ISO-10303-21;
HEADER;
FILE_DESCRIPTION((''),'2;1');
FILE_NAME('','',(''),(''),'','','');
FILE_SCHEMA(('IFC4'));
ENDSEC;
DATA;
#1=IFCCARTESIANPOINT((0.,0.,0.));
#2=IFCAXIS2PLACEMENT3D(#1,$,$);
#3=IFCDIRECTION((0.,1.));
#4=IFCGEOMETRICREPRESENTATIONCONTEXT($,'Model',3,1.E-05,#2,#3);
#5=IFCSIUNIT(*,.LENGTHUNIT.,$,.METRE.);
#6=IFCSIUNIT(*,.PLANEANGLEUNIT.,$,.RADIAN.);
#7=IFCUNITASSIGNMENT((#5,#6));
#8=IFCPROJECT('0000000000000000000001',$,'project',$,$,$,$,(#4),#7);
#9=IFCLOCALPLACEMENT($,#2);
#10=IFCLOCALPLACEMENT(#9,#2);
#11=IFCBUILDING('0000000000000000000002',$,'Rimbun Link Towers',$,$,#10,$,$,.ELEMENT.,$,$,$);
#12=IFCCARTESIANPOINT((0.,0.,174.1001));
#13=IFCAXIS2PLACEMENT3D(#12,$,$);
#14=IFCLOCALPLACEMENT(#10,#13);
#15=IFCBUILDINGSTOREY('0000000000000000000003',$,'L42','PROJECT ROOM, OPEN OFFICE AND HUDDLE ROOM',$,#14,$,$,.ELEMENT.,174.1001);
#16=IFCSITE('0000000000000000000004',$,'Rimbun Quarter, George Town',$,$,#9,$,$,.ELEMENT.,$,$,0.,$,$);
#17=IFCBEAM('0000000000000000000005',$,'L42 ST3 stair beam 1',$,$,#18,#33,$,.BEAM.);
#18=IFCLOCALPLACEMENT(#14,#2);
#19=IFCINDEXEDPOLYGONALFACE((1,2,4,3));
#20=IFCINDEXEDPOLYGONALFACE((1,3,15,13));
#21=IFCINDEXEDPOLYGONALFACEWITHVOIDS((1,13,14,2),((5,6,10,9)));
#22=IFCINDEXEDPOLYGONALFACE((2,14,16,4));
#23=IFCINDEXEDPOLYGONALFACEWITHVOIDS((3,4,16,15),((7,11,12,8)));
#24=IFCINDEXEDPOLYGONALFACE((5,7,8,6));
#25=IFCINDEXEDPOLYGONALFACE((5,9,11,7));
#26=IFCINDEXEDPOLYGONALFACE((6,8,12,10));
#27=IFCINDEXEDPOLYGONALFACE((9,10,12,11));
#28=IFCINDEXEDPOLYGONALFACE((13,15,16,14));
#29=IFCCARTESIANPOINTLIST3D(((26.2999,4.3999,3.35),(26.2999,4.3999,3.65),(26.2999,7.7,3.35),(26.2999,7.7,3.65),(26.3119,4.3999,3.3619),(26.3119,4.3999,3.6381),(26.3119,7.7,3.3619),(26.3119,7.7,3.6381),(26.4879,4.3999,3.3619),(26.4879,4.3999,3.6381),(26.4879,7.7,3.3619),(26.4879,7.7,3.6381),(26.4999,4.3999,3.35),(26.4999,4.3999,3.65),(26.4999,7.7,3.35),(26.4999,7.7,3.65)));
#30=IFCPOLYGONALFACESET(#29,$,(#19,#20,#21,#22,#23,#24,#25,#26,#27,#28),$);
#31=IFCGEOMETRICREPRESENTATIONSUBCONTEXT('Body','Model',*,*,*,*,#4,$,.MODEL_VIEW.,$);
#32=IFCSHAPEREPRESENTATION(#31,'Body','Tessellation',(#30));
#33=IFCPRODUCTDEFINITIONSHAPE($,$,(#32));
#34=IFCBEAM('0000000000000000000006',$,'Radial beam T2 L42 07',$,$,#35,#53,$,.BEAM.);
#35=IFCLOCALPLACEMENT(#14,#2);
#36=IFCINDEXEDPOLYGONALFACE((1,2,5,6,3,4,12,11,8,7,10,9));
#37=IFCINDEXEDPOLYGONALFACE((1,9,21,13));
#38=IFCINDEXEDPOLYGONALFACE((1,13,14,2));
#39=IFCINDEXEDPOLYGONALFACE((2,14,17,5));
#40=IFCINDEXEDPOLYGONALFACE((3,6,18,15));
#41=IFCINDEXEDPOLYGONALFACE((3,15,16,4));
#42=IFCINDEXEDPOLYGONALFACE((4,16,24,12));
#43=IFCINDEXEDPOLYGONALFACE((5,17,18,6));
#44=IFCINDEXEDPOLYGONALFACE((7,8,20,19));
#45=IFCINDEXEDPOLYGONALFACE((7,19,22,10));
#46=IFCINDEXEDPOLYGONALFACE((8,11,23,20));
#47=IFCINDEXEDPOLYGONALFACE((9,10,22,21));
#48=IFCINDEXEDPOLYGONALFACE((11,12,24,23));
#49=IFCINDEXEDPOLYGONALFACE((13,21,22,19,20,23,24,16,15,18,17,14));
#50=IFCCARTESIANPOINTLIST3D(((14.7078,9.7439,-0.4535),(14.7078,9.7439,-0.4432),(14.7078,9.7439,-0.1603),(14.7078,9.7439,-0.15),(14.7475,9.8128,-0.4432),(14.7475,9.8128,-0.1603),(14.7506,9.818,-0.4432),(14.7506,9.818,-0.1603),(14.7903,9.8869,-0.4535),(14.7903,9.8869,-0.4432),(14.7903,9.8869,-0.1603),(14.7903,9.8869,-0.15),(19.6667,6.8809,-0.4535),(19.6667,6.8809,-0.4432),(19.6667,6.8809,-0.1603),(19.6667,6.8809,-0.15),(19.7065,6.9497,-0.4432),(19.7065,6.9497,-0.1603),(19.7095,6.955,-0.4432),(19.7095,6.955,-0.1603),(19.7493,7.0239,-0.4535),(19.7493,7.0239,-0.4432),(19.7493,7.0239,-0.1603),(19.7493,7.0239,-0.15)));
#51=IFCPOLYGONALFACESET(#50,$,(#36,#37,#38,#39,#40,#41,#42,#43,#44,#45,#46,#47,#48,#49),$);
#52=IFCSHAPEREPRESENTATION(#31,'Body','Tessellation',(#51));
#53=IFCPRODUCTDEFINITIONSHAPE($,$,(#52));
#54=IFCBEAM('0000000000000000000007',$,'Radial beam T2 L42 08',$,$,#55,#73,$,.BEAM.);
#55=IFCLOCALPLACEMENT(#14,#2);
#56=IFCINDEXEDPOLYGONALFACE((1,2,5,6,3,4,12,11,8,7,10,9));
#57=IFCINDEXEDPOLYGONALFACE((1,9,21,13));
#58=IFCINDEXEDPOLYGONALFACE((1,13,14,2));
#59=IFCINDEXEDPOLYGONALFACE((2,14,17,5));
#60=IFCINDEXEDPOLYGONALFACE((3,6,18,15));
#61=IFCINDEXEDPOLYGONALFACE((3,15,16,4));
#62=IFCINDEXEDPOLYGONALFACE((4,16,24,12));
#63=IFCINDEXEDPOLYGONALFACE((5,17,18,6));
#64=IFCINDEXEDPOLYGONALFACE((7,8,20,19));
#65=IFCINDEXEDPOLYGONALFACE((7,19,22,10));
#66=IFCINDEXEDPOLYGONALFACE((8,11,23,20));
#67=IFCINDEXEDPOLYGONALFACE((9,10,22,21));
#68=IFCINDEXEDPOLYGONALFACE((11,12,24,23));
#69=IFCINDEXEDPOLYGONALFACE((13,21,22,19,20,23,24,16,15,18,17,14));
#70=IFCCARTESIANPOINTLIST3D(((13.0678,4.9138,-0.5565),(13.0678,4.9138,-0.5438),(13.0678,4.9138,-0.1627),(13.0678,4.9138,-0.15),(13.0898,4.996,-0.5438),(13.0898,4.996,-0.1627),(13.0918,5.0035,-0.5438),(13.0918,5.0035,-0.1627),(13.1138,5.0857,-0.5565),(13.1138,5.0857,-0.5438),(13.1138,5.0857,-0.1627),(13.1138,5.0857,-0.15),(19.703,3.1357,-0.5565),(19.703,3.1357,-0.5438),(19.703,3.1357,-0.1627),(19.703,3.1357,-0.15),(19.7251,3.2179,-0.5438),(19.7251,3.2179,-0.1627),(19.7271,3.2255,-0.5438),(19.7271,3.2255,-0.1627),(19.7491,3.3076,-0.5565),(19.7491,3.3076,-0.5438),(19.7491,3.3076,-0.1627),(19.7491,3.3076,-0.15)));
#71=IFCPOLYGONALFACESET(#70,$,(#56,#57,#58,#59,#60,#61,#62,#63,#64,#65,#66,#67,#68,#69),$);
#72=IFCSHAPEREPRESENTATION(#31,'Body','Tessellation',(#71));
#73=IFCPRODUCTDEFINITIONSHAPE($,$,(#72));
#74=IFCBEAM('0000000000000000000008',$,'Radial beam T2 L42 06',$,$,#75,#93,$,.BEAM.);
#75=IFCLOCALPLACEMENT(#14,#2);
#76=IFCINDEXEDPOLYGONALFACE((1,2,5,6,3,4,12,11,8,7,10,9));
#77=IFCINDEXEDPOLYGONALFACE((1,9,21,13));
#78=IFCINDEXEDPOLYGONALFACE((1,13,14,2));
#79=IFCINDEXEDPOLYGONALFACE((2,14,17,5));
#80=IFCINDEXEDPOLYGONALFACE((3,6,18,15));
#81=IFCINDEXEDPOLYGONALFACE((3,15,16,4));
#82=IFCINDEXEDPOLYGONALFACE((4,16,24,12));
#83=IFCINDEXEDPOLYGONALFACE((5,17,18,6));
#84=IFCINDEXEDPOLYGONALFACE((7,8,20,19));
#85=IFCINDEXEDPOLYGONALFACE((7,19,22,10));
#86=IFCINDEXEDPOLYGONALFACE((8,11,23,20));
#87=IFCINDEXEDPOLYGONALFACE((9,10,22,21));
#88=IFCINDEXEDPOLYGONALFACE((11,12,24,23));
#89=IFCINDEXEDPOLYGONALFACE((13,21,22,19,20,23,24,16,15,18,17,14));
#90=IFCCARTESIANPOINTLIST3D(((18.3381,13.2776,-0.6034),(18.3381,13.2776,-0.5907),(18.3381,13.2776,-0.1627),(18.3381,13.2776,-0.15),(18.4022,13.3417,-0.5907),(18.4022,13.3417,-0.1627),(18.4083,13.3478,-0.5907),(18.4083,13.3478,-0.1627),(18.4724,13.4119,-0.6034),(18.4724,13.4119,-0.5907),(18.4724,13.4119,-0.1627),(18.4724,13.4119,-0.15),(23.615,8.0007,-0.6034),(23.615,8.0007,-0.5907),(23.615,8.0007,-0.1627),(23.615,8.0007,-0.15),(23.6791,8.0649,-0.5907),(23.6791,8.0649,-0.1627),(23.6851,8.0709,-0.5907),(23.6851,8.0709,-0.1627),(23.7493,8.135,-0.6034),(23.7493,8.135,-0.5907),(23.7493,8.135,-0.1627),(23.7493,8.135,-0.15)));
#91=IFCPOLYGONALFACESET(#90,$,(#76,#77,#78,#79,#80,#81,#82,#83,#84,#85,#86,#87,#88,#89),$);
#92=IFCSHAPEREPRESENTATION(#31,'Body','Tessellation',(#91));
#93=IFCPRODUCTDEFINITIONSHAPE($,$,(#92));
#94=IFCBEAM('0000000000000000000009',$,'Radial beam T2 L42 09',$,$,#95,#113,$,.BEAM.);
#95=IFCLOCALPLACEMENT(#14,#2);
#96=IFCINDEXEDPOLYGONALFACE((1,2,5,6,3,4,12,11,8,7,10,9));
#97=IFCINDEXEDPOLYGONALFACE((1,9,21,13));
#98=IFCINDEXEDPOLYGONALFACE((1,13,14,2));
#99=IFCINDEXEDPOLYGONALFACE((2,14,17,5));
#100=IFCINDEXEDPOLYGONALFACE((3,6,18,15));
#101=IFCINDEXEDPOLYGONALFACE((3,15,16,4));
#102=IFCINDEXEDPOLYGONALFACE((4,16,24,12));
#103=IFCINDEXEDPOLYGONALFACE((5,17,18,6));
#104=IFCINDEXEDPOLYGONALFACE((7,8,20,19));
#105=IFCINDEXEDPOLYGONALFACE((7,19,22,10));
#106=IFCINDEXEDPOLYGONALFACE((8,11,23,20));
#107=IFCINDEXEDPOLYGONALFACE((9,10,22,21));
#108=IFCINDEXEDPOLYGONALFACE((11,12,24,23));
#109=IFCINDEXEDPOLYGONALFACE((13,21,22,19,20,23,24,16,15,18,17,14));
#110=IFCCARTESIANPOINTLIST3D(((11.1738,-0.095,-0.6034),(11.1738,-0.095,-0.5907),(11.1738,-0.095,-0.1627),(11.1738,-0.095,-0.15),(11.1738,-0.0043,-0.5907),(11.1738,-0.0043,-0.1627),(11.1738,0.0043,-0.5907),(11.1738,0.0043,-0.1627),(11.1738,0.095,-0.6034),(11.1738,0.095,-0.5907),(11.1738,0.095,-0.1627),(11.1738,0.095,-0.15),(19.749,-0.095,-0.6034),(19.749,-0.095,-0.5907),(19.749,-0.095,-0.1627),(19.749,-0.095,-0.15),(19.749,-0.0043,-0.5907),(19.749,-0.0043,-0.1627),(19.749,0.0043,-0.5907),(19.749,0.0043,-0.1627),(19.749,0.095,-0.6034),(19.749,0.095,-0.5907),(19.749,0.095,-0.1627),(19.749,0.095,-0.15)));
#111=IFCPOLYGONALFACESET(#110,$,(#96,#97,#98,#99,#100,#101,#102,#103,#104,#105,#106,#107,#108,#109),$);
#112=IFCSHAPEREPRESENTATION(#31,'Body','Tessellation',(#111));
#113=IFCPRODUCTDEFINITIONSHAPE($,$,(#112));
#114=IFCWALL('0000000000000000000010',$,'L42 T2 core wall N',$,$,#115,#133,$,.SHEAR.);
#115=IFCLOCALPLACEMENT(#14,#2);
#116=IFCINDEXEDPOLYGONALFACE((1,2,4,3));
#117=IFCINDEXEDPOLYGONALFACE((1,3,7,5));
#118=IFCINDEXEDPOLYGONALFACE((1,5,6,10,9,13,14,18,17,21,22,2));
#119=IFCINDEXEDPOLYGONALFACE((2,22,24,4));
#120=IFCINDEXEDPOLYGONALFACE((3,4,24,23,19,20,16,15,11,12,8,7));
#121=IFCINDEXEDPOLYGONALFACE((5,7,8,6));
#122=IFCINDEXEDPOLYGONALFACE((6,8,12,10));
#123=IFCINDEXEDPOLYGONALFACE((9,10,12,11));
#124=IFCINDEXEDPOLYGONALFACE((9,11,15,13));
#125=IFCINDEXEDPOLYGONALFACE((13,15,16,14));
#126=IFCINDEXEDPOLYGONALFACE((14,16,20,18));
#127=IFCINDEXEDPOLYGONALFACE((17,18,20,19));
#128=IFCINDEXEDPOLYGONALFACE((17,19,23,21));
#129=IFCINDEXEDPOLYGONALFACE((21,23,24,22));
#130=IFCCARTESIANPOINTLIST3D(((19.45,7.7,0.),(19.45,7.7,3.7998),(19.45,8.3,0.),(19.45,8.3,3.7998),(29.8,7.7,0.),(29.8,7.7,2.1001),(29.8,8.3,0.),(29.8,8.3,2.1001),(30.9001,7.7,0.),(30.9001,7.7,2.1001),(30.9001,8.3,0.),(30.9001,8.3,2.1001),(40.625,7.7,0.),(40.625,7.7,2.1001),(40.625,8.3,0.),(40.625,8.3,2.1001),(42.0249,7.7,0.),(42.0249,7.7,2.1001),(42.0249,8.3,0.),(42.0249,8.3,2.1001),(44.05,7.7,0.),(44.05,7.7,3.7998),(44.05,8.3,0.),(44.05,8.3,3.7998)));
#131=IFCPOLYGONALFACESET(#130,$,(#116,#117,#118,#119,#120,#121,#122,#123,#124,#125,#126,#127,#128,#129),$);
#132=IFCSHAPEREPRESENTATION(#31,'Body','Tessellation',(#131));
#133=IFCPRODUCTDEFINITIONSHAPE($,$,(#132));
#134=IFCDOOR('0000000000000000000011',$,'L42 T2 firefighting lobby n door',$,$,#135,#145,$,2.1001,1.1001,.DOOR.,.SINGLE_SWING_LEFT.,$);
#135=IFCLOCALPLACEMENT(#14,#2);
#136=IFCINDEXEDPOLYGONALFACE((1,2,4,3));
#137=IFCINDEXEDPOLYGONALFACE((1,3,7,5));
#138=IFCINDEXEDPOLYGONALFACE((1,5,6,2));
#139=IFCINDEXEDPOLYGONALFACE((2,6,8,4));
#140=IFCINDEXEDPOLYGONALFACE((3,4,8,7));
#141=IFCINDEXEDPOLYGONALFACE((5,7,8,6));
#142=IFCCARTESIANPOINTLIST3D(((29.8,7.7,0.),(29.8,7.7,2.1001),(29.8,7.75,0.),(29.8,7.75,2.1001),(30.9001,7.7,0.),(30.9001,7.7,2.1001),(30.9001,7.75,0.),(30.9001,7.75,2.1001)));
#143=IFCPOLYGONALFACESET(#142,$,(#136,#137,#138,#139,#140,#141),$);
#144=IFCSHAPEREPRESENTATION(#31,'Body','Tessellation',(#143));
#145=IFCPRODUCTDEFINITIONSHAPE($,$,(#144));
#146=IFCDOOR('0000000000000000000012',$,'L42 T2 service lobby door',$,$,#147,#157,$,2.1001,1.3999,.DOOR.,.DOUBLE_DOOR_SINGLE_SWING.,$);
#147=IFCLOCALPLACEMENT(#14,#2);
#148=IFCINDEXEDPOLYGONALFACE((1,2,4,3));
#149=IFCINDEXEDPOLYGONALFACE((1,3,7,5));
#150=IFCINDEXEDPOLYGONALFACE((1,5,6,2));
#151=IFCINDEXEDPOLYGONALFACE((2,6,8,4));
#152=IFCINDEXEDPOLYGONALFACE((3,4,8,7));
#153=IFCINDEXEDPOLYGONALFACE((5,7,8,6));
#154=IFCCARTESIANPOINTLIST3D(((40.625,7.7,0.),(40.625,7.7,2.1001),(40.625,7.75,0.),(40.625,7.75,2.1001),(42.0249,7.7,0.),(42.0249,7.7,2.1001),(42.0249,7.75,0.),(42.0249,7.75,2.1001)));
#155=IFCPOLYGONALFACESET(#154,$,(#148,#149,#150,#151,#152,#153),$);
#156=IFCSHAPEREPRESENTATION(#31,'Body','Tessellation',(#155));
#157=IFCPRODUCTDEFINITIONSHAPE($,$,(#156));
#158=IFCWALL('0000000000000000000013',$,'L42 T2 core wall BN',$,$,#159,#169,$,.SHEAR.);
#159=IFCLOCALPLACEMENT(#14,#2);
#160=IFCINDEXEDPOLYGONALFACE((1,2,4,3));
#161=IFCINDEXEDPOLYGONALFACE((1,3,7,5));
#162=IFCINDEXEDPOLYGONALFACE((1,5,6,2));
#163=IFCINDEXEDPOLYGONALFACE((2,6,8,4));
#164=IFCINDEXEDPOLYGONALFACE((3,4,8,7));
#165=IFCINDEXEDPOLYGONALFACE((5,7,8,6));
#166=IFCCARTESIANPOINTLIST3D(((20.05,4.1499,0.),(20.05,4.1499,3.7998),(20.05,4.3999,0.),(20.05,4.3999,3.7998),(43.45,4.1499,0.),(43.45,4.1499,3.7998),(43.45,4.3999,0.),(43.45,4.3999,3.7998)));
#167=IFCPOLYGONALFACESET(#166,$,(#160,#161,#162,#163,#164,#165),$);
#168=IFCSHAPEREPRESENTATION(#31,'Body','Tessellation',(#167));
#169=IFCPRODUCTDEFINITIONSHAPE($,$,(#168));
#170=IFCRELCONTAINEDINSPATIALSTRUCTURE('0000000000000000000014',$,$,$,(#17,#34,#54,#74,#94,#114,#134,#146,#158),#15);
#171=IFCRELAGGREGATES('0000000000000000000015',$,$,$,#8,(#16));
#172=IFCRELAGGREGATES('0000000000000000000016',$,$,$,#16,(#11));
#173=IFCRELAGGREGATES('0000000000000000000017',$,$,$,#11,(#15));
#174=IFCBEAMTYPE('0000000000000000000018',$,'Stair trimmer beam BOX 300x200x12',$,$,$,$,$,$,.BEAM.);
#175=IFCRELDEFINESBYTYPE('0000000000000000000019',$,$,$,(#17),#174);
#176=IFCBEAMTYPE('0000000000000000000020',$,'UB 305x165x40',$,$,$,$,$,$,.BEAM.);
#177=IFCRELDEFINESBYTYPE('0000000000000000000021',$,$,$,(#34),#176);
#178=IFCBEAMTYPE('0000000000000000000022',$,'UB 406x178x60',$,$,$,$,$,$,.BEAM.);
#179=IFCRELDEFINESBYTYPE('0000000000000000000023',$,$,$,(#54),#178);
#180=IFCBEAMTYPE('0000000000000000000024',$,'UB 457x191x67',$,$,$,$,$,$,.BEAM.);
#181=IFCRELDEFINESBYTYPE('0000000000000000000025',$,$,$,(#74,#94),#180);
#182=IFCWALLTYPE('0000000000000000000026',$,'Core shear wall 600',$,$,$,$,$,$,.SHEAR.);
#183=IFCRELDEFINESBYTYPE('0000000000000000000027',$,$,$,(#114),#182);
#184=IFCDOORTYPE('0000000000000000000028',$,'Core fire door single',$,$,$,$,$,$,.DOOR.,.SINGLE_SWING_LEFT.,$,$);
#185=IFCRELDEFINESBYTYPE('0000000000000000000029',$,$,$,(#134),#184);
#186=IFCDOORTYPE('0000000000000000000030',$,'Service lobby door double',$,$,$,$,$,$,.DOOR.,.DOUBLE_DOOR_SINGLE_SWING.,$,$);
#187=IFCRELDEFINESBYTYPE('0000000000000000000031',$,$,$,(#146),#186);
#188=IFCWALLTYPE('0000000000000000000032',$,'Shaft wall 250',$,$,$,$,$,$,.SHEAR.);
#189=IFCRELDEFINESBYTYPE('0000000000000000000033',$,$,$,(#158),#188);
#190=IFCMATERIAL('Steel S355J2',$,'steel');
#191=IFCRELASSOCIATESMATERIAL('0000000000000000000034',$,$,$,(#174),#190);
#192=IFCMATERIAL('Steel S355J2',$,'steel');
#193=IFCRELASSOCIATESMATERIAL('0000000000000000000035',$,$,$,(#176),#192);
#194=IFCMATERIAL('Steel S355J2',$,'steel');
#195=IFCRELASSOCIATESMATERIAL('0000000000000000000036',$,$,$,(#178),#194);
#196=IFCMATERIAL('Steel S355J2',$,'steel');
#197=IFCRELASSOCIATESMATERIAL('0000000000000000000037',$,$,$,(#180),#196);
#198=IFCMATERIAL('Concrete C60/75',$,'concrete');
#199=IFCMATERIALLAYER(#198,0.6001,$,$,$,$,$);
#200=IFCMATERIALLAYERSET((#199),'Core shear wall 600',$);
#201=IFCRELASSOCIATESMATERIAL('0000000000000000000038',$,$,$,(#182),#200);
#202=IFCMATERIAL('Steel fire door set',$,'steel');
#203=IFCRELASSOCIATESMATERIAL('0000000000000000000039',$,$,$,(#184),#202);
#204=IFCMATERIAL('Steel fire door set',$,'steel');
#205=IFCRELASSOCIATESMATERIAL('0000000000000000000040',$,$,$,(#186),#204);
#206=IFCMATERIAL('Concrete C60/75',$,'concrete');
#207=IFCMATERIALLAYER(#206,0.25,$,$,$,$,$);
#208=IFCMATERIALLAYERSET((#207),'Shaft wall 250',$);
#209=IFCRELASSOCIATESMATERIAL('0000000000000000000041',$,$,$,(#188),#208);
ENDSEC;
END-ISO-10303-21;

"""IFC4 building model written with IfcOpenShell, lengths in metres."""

from ifc_helpers import new_model, si_unit, direction, frame, frame_2d, origin, origin_2d, place, context, subcontext, project, spatial, rectangle, hollow_rectangle, i_section, extrude, material, layer, layer_set, material_profile, profile_set, type_object, element, fill, save


model = new_model("IFC4")

# Units and contexts
model_context = context("Model", 3, precision=1e-05, world=origin(), true_north=direction((0.0, 1.0)))
body_context = subcontext(model_context, "Body", "Model", "MODEL_VIEW")
ifc_project = project(units=[si_unit("LENGTHUNIT", "METRE"), si_unit("PLANEANGLEUNIT", "RADIAN")], contexts=[model_context])

# Site, building, storey
site_placement = place(None, origin())
site = spatial("IfcSite", under=ifc_project, at=site_placement, Name="Rimbun Quarter, George Town", CompositionType="ELEMENT", RefElevation=0.0)
building_placement = place(site_placement, origin())
building = spatial("IfcBuilding", under=site, at=building_placement, Name="Rimbun Link Towers", CompositionType="ELEMENT")
storey_placement = place(building_placement, frame((0.0, 0.0, 174.1001)))
storey = spatial("IfcBuildingStorey", under=building, at=storey_placement, Name="L42", Description="PROJECT ROOM, OPEN OFFICE AND HUDDLE ROOM", CompositionType="ELEMENT", Elevation=174.1001)

# Beams
ifc_material_1 = material(Name="Steel S355J2", Category="steel")
ifc_material_profile_1 = material_profile(ifc_material_1, hollow_rectangle(XDim=0.2, YDim=0.3, WallThickness=0.012, at=origin_2d()), Name="BOX 300x200x12")
ifc_profile_set_1 = profile_set([ifc_material_profile_1], Name="Steel S355J2")
beam_type_1 = type_object("IfcBeamType", Name="Stair trimmer beam BOX 300x200x12", PredefinedType="BEAM", material=ifc_profile_set_1)
beam_1_placement = place(storey_placement, frame((26.3999, 7.7, 3.5), z_axis=(0.0, -1.0, 0.0), x_axis=(1.0, 0.0, 0.0)))
element("IfcBeam", 1, at=beam_1_placement, inside=storey, type_object=beam_type_1, Name="L42 ST3 stair beam 1", PredefinedType="BEAM", context=body_context, shape_type="SweptSolid", body=[
    extrude(hollow_rectangle(XDim=0.2, YDim=0.3, WallThickness=0.012, at=origin_2d()), origin(), (0.0, 0.0, 1.0), 3.3),
])
ifc_material_2 = material(Name="Steel S355J2", Category="steel")
ifc_material_profile_2 = material_profile(ifc_material_2, i_section(OverallWidth=0.165, OverallDepth=0.3035, WebThickness=0.0061, FlangeThickness=0.0103, at=origin_2d()), Name="UB 305x165x40")
ifc_profile_set_2 = profile_set([ifc_material_profile_2], Name="Steel S355J2")
beam_type_2 = type_object("IfcBeamType", Name="UB 305x165x40", PredefinedType="BEAM", material=ifc_profile_set_2)
beam_2_placement = place(storey_placement, frame((19.708, 6.9524, -0.3018), z_axis=(-0.866028, 0.499996, 0.0), x_axis=(-0.499996, -0.866028, 0.0)))
element("IfcBeam", 2, at=beam_2_placement, inside=storey, type_object=beam_type_2, Name="Radial beam T2 L42 07", PredefinedType="BEAM", context=body_context, shape_type="SweptSolid", body=[
    extrude(i_section(OverallWidth=0.165, OverallDepth=0.3035, WebThickness=0.0061, FlangeThickness=0.0103, at=origin_2d()), origin(), (0.0, 0.0, 1.0), 5.7261),
])
ifc_material_3 = material(Name="Steel S355J2", Category="steel")
ifc_material_profile_3 = material_profile(ifc_material_3, i_section(OverallWidth=0.178, OverallDepth=0.4065, WebThickness=0.0078, FlangeThickness=0.0127, at=origin_2d()), Name="UB 406x178x60")
ifc_profile_set_3 = profile_set([ifc_material_profile_3], Name="Steel S355J2")
beam_type_3 = type_object("IfcBeamType", Name="UB 406x178x60", PredefinedType="BEAM", material=ifc_profile_set_3)
beam_3_placement = place(storey_placement, frame((19.7261, 3.2217, -0.3533), z_axis=(-0.96592, 0.258841, 0.0), x_axis=(-0.258841, -0.96592, 0.0)))
element("IfcBeam", 3, at=beam_3_placement, inside=storey, type_object=beam_type_3, Name="Radial beam T2 L42 08", PredefinedType="BEAM", context=body_context, shape_type="SweptSolid", body=[
    extrude(i_section(OverallWidth=0.178, OverallDepth=0.4065, WebThickness=0.0078, FlangeThickness=0.0127, at=origin_2d()), origin(), (0.0, 0.0, 1.0), 6.8694),
])
ifc_material_4 = material(Name="Steel S355J2", Category="steel")
ifc_material_profile_4 = material_profile(ifc_material_4, i_section(OverallWidth=0.1899, OverallDepth=0.4534, WebThickness=0.0085, FlangeThickness=0.0127, at=origin_2d()), Name="UB 457x191x67")
ifc_profile_set_4 = profile_set([ifc_material_profile_4], Name="Steel S355J2")
beam_type_4 = type_object("IfcBeamType", Name="UB 457x191x67", PredefinedType="BEAM", material=ifc_profile_set_4)
beam_4_placement = place(storey_placement, frame((23.6821, 8.0679, -0.3767), z_axis=(-0.707107, 0.707107, 0.0), x_axis=(-0.707107, -0.707107, 0.0)))
element("IfcBeam", 4, at=beam_4_placement, inside=storey, type_object=beam_type_4, Name="Radial beam T2 L42 06", PredefinedType="BEAM", context=body_context, shape_type="SweptSolid", body=[
    extrude(i_section(OverallWidth=0.1899, OverallDepth=0.4534, WebThickness=0.0085, FlangeThickness=0.0127, at=origin_2d()), origin(), (0.0, 0.0, 1.0), 7.4626),
])
beam_5_placement = place(storey_placement, frame((19.749, 0.0, -0.3767), z_axis=(-1.0, 0.0, 0.0), x_axis=(0.0, -1.0, 0.0)))
element("IfcBeam", 5, at=beam_5_placement, inside=storey, type_object=beam_type_4, Name="Radial beam T2 L42 09", PredefinedType="BEAM", context=body_context, shape_type="SweptSolid", body=[
    extrude(i_section(OverallWidth=0.1899, OverallDepth=0.4534, WebThickness=0.0085, FlangeThickness=0.0127, at=origin_2d()), origin(), (0.0, 0.0, 1.0), 8.5752),
])

# Wall, openings, doors
ifc_material_5 = material(Name="Concrete C60/75", Category="concrete")
ifc_layer_1 = layer(ifc_material_5, 0.6001)
ifc_layer_set_1 = layer_set([ifc_layer_1], Name="Core shear wall 600")
wall_type_1 = type_object("IfcWallType", Name="Core shear wall 600", PredefinedType="SHEAR", material=ifc_layer_set_1)
wall_1_placement = place(storey_placement, frame((19.45, 8.0, 0.0), z_axis=(0.0, 0.0, 1.0), x_axis=(1.0, 0.0, 0.0)))
wall_1 = element("IfcWall", 6, at=wall_1_placement, inside=storey, type_object=wall_type_1, Name="L42 T2 core wall N", PredefinedType="SHEAR", context=body_context, shape_type="SweptSolid", body=[
    extrude(rectangle(XDim=24.6001, YDim=0.6001, at=frame_2d((12.3, 0.0))), origin(), (0.0, 0.0, 1.0), 3.7998),
])
opening_1_placement = place(wall_1_placement, frame((10.3501, 0.0, 0.0)))
opening_1 = element("IfcOpeningElement", 7, at=opening_1_placement, cuts=wall_1, PredefinedType="OPENING", context=body_context, shape_type="SweptSolid", body=[
    extrude(rectangle(XDim=1.1001, YDim=2.1001, at=frame_2d((0.55, 1.05))), frame((0.0, 0.3101, 0.0), z_axis=(0.0, -1.0, 0.0), x_axis=(1.0, 0.0, 0.0)), (0.0, 0.0, 1.0), 0.6201),
])
opening_2_placement = place(wall_1_placement, frame((21.175, 0.0, 0.0)))
opening_2 = element("IfcOpeningElement", 8, at=opening_2_placement, cuts=wall_1, PredefinedType="OPENING", context=body_context, shape_type="SweptSolid", body=[
    extrude(rectangle(XDim=1.3999, YDim=2.1001, at=frame_2d((0.7, 1.05))), frame((0.0, 0.3101, 0.0), z_axis=(0.0, -1.0, 0.0), x_axis=(1.0, 0.0, 0.0)), (0.0, 0.0, 1.0), 0.6201),
])
ifc_material_6 = material(Name="Steel fire door set", Category="steel")
door_type_1 = type_object("IfcDoorType", Name="Core fire door single", OperationType="SINGLE_SWING_LEFT", PredefinedType="DOOR", material=ifc_material_6)
door_1_placement = place(opening_1_placement, origin())
door_1 = element("IfcDoor", 9, at=door_1_placement, inside=storey, type_object=door_type_1, Name="L42 T2 firefighting lobby n door", OperationType="SINGLE_SWING_LEFT", OverallHeight=2.1001, OverallWidth=1.1001, PredefinedType="DOOR", context=body_context, shape_type="SweptSolid", body=[
    extrude(rectangle(XDim=1.1001, YDim=2.1001, at=frame_2d((0.55, 1.05))), frame((0.0, -0.25, 0.0), z_axis=(0.0, -1.0, 0.0), x_axis=(1.0, 0.0, 0.0)), (0.0, 0.0, 1.0), 0.05),
])
fill(opening_1, door_1)
ifc_material_7 = material(Name="Steel fire door set", Category="steel")
door_type_2 = type_object("IfcDoorType", Name="Service lobby door double", OperationType="DOUBLE_DOOR_SINGLE_SWING", PredefinedType="DOOR", material=ifc_material_7)
door_2_placement = place(opening_2_placement, origin())
door_2 = element("IfcDoor", 10, at=door_2_placement, inside=storey, type_object=door_type_2, Name="L42 T2 service lobby door", OperationType="DOUBLE_DOOR_SINGLE_SWING", OverallHeight=2.1001, OverallWidth=1.3999, PredefinedType="DOOR", context=body_context, shape_type="SweptSolid", body=[
    extrude(rectangle(XDim=1.3999, YDim=2.1001, at=frame_2d((0.7, 1.05))), frame((0.0, -0.25, 0.0), z_axis=(0.0, -1.0, 0.0), x_axis=(1.0, 0.0, 0.0)), (0.0, 0.0, 1.0), 0.05),
])
fill(opening_2, door_2)

# Wall
ifc_material_8 = material(Name="Concrete C60/75", Category="concrete")
ifc_layer_2 = layer(ifc_material_8, 0.25)
ifc_layer_set_2 = layer_set([ifc_layer_2], Name="Shaft wall 250")
wall_type_2 = type_object("IfcWallType", Name="Shaft wall 250", PredefinedType="SHEAR", material=ifc_layer_set_2)
wall_2_placement = place(storey_placement, frame((20.05, 4.2749, 0.0), z_axis=(0.0, 0.0, 1.0), x_axis=(1.0, 0.0, 0.0)))
element("IfcWall", 11, at=wall_2_placement, inside=storey, type_object=wall_type_2, Name="L42 T2 core wall BN", PredefinedType="SHEAR", context=body_context, shape_type="SweptSolid", body=[
    extrude(rectangle(XDim=23.3999, YDim=0.25, at=frame_2d((11.7, 0.0))), origin(), (0.0, 0.0, 1.0), 3.7998),
])

save(model, "model.ifc")
